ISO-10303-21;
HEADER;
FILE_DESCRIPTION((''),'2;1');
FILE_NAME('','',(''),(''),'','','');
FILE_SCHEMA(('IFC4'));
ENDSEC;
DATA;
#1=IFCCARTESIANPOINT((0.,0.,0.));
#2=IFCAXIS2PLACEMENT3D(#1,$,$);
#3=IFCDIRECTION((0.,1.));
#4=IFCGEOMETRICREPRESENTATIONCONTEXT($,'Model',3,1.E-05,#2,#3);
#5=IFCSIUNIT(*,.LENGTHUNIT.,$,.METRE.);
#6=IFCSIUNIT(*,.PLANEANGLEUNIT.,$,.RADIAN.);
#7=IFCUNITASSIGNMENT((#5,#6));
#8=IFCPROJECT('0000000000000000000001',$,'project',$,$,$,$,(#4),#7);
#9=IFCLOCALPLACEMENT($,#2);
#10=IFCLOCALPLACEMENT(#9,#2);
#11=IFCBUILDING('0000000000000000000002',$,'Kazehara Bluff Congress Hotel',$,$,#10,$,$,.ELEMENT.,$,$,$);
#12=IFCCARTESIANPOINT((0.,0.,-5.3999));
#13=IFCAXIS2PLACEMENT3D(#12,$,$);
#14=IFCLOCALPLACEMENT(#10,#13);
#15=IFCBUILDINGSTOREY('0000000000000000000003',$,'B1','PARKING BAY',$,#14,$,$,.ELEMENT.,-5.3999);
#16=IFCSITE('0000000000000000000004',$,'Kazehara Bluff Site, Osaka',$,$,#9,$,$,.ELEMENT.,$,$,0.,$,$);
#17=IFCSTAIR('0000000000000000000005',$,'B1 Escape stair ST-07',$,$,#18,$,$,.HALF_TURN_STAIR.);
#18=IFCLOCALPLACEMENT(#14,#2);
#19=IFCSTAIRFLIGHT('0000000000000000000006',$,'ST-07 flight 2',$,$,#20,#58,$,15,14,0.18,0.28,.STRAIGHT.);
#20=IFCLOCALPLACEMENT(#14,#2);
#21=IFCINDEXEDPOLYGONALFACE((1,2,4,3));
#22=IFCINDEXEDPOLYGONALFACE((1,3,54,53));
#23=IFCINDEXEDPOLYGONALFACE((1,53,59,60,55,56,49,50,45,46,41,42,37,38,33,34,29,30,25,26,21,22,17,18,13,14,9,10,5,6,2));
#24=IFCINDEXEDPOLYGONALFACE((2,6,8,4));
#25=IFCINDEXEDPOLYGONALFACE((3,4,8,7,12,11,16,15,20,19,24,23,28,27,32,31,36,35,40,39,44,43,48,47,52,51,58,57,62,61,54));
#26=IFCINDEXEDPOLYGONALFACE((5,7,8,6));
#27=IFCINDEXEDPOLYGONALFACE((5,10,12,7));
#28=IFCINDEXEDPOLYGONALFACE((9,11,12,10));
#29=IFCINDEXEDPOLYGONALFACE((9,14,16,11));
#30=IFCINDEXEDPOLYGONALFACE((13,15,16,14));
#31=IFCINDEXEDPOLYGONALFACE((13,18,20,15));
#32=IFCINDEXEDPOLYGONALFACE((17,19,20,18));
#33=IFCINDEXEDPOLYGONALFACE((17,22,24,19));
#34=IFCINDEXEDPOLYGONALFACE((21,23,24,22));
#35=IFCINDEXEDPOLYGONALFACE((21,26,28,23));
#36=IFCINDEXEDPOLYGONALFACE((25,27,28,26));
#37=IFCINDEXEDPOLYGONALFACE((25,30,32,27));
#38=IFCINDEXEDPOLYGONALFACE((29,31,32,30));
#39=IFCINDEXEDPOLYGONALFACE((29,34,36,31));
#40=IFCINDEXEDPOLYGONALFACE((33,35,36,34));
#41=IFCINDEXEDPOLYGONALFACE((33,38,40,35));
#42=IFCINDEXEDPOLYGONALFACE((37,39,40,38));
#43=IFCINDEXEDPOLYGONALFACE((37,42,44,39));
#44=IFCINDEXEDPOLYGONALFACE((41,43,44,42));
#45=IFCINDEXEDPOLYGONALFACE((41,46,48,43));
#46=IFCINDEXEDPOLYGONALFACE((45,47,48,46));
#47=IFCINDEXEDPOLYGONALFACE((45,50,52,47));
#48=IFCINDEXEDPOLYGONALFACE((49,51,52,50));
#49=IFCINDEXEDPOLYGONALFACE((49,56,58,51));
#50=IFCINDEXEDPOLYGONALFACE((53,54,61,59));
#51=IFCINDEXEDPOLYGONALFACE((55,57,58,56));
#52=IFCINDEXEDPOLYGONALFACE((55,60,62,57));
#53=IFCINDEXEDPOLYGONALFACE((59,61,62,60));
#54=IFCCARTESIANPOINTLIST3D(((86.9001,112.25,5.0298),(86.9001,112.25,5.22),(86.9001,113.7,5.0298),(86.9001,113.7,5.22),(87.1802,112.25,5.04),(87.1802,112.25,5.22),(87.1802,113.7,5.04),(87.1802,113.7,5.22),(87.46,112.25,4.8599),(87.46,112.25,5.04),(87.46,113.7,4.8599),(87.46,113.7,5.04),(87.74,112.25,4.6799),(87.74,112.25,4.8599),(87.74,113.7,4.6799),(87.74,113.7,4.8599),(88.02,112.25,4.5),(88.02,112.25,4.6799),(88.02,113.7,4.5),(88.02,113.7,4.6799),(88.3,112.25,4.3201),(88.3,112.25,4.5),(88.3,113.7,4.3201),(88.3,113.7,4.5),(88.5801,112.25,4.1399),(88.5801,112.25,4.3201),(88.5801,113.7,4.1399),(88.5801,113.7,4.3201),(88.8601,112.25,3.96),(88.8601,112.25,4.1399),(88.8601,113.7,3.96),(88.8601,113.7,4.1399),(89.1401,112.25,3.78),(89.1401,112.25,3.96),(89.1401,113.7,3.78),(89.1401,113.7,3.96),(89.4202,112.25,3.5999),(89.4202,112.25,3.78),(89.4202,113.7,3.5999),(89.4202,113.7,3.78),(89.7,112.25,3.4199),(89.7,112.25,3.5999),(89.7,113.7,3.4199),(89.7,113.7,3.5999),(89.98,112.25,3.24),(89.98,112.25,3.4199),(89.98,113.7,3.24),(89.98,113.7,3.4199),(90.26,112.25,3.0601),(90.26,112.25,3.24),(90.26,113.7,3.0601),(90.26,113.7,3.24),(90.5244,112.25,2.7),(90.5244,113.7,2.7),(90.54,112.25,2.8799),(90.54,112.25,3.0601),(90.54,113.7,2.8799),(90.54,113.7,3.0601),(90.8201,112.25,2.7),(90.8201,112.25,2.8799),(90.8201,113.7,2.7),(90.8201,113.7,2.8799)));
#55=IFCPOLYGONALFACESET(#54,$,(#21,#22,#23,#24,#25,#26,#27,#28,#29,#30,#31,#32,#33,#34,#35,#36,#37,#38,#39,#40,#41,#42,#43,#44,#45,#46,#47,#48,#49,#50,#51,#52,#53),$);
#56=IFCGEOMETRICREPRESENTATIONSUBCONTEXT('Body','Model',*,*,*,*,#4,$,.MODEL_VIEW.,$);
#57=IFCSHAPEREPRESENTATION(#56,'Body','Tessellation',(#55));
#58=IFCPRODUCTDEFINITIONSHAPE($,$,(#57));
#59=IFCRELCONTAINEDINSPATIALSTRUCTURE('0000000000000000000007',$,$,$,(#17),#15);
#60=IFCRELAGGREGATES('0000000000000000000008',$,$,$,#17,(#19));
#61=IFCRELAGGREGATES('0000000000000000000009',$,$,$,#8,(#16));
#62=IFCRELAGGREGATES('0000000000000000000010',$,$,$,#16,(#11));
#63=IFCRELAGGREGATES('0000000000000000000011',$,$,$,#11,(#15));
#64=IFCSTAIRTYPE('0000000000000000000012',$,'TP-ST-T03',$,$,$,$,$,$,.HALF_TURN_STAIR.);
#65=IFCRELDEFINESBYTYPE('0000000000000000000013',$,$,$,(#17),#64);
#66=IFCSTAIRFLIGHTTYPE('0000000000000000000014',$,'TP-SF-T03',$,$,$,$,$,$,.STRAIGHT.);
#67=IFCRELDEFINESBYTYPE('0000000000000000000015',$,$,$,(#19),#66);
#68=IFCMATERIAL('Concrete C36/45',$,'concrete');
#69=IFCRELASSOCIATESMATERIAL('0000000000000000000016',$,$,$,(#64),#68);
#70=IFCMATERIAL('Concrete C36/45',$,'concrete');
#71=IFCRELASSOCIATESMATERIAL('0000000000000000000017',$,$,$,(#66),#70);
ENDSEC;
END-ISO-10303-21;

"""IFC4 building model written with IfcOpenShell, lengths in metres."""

from ifc_helpers import new_model, si_unit, direction, frame, origin, place, context, subcontext, project, spatial, polyline, outline, extrude, material, type_object, element, aggregate, save


model = new_model("IFC4")

# Units and contexts
model_context = context("Model", 3, precision=1e-05, world=origin(), true_north=direction((0.0, 1.0)))
body_context = subcontext(model_context, "Body", "Model", "MODEL_VIEW")
ifc_project = project(units=[si_unit("LENGTHUNIT", "METRE"), si_unit("PLANEANGLEUNIT", "RADIAN")], contexts=[model_context])

# Site, building, storey
site_placement = place(None, origin())
site = spatial("IfcSite", under=ifc_project, at=site_placement, Name="Kazehara Bluff Site, Osaka", CompositionType="ELEMENT", RefElevation=0.0)
building_placement = place(site_placement, origin())
building = spatial("IfcBuilding", under=site, at=building_placement, Name="Kazehara Bluff Congress Hotel", CompositionType="ELEMENT")
storey_placement = place(building_placement, frame((0.0, 0.0, -5.3999)))
storey = spatial("IfcBuildingStorey", under=building, at=storey_placement, Name="B1", Description="PARKING BAY", CompositionType="ELEMENT", Elevation=-5.3999)

# Stair, stair flight
ifc_material_1 = material(Name="Concrete C36/45", Category="concrete")
stair_type = type_object("IfcStairType", Name="TP-ST-T03", PredefinedType="HALF_TURN_STAIR", material=ifc_material_1)
stair_placement = place(storey_placement, origin())
stair = element("IfcStair", 1, at=stair_placement, inside=storey, type_object=stair_type, Name="B1 Escape stair ST-07", PredefinedType="HALF_TURN_STAIR")
ifc_material_2 = material(Name="Concrete C36/45", Category="concrete")
stair_flight_type = type_object("IfcStairFlightType", Name="TP-SF-T03", PredefinedType="STRAIGHT", material=ifc_material_2)
stair_flight_1_placement = place(storey_placement, frame((90.8201, 112.9751, 2.7), z_axis=(0.0, 0.0, 1.0), x_axis=(-1.0, 0.0, 0.0)))
stair_flight_1 = element("IfcStairFlight", 2, at=stair_flight_1_placement, type_object=stair_flight_type, Name="ST-07 flight 2", NumberOfRisers=15, NumberOfTreads=14, PredefinedType="STRAIGHT", RiserHeight=0.18, TreadLength=0.28, context=body_context, shape_type="SweptSolid", body=[
    extrude(outline(polyline([(0.0, 0.0), (0.0, 0.1799), (0.28, 0.1799), (0.28, 0.3601), (0.5601, 0.3601), (0.5601, 0.54), (0.8401, 0.54), (0.8401, 0.72), (1.1201, 0.72), (1.1201, 0.8999), (1.3999, 0.8999), (1.3999, 1.0801), (1.6799, 1.0801), (1.6799, 1.26), (1.96, 1.26), (1.96, 1.4399), (2.24, 1.4399), (2.24, 1.6201), (2.52, 1.6201), (2.52, 1.8), (2.8, 1.8), (2.8, 1.98), (3.0801, 1.98), (3.0801, 2.1599), (3.3601, 2.1599), (3.3601, 2.3401), (3.6399, 2.3401), (3.6399, 2.52), (3.9199, 2.52), (3.9199, 2.7), (3.9199, 2.3298), (0.2957, 0.0), (0.0, 0.0)])), frame((0.0, 0.7251, 0.0), z_axis=(0.0, -1.0, 0.0), x_axis=(1.0, 0.0, 0.0)), (0.0, 0.0, 1.0), 1.45),
])
aggregate(stair, [stair_flight_1])

save(model, "model.ifc")
